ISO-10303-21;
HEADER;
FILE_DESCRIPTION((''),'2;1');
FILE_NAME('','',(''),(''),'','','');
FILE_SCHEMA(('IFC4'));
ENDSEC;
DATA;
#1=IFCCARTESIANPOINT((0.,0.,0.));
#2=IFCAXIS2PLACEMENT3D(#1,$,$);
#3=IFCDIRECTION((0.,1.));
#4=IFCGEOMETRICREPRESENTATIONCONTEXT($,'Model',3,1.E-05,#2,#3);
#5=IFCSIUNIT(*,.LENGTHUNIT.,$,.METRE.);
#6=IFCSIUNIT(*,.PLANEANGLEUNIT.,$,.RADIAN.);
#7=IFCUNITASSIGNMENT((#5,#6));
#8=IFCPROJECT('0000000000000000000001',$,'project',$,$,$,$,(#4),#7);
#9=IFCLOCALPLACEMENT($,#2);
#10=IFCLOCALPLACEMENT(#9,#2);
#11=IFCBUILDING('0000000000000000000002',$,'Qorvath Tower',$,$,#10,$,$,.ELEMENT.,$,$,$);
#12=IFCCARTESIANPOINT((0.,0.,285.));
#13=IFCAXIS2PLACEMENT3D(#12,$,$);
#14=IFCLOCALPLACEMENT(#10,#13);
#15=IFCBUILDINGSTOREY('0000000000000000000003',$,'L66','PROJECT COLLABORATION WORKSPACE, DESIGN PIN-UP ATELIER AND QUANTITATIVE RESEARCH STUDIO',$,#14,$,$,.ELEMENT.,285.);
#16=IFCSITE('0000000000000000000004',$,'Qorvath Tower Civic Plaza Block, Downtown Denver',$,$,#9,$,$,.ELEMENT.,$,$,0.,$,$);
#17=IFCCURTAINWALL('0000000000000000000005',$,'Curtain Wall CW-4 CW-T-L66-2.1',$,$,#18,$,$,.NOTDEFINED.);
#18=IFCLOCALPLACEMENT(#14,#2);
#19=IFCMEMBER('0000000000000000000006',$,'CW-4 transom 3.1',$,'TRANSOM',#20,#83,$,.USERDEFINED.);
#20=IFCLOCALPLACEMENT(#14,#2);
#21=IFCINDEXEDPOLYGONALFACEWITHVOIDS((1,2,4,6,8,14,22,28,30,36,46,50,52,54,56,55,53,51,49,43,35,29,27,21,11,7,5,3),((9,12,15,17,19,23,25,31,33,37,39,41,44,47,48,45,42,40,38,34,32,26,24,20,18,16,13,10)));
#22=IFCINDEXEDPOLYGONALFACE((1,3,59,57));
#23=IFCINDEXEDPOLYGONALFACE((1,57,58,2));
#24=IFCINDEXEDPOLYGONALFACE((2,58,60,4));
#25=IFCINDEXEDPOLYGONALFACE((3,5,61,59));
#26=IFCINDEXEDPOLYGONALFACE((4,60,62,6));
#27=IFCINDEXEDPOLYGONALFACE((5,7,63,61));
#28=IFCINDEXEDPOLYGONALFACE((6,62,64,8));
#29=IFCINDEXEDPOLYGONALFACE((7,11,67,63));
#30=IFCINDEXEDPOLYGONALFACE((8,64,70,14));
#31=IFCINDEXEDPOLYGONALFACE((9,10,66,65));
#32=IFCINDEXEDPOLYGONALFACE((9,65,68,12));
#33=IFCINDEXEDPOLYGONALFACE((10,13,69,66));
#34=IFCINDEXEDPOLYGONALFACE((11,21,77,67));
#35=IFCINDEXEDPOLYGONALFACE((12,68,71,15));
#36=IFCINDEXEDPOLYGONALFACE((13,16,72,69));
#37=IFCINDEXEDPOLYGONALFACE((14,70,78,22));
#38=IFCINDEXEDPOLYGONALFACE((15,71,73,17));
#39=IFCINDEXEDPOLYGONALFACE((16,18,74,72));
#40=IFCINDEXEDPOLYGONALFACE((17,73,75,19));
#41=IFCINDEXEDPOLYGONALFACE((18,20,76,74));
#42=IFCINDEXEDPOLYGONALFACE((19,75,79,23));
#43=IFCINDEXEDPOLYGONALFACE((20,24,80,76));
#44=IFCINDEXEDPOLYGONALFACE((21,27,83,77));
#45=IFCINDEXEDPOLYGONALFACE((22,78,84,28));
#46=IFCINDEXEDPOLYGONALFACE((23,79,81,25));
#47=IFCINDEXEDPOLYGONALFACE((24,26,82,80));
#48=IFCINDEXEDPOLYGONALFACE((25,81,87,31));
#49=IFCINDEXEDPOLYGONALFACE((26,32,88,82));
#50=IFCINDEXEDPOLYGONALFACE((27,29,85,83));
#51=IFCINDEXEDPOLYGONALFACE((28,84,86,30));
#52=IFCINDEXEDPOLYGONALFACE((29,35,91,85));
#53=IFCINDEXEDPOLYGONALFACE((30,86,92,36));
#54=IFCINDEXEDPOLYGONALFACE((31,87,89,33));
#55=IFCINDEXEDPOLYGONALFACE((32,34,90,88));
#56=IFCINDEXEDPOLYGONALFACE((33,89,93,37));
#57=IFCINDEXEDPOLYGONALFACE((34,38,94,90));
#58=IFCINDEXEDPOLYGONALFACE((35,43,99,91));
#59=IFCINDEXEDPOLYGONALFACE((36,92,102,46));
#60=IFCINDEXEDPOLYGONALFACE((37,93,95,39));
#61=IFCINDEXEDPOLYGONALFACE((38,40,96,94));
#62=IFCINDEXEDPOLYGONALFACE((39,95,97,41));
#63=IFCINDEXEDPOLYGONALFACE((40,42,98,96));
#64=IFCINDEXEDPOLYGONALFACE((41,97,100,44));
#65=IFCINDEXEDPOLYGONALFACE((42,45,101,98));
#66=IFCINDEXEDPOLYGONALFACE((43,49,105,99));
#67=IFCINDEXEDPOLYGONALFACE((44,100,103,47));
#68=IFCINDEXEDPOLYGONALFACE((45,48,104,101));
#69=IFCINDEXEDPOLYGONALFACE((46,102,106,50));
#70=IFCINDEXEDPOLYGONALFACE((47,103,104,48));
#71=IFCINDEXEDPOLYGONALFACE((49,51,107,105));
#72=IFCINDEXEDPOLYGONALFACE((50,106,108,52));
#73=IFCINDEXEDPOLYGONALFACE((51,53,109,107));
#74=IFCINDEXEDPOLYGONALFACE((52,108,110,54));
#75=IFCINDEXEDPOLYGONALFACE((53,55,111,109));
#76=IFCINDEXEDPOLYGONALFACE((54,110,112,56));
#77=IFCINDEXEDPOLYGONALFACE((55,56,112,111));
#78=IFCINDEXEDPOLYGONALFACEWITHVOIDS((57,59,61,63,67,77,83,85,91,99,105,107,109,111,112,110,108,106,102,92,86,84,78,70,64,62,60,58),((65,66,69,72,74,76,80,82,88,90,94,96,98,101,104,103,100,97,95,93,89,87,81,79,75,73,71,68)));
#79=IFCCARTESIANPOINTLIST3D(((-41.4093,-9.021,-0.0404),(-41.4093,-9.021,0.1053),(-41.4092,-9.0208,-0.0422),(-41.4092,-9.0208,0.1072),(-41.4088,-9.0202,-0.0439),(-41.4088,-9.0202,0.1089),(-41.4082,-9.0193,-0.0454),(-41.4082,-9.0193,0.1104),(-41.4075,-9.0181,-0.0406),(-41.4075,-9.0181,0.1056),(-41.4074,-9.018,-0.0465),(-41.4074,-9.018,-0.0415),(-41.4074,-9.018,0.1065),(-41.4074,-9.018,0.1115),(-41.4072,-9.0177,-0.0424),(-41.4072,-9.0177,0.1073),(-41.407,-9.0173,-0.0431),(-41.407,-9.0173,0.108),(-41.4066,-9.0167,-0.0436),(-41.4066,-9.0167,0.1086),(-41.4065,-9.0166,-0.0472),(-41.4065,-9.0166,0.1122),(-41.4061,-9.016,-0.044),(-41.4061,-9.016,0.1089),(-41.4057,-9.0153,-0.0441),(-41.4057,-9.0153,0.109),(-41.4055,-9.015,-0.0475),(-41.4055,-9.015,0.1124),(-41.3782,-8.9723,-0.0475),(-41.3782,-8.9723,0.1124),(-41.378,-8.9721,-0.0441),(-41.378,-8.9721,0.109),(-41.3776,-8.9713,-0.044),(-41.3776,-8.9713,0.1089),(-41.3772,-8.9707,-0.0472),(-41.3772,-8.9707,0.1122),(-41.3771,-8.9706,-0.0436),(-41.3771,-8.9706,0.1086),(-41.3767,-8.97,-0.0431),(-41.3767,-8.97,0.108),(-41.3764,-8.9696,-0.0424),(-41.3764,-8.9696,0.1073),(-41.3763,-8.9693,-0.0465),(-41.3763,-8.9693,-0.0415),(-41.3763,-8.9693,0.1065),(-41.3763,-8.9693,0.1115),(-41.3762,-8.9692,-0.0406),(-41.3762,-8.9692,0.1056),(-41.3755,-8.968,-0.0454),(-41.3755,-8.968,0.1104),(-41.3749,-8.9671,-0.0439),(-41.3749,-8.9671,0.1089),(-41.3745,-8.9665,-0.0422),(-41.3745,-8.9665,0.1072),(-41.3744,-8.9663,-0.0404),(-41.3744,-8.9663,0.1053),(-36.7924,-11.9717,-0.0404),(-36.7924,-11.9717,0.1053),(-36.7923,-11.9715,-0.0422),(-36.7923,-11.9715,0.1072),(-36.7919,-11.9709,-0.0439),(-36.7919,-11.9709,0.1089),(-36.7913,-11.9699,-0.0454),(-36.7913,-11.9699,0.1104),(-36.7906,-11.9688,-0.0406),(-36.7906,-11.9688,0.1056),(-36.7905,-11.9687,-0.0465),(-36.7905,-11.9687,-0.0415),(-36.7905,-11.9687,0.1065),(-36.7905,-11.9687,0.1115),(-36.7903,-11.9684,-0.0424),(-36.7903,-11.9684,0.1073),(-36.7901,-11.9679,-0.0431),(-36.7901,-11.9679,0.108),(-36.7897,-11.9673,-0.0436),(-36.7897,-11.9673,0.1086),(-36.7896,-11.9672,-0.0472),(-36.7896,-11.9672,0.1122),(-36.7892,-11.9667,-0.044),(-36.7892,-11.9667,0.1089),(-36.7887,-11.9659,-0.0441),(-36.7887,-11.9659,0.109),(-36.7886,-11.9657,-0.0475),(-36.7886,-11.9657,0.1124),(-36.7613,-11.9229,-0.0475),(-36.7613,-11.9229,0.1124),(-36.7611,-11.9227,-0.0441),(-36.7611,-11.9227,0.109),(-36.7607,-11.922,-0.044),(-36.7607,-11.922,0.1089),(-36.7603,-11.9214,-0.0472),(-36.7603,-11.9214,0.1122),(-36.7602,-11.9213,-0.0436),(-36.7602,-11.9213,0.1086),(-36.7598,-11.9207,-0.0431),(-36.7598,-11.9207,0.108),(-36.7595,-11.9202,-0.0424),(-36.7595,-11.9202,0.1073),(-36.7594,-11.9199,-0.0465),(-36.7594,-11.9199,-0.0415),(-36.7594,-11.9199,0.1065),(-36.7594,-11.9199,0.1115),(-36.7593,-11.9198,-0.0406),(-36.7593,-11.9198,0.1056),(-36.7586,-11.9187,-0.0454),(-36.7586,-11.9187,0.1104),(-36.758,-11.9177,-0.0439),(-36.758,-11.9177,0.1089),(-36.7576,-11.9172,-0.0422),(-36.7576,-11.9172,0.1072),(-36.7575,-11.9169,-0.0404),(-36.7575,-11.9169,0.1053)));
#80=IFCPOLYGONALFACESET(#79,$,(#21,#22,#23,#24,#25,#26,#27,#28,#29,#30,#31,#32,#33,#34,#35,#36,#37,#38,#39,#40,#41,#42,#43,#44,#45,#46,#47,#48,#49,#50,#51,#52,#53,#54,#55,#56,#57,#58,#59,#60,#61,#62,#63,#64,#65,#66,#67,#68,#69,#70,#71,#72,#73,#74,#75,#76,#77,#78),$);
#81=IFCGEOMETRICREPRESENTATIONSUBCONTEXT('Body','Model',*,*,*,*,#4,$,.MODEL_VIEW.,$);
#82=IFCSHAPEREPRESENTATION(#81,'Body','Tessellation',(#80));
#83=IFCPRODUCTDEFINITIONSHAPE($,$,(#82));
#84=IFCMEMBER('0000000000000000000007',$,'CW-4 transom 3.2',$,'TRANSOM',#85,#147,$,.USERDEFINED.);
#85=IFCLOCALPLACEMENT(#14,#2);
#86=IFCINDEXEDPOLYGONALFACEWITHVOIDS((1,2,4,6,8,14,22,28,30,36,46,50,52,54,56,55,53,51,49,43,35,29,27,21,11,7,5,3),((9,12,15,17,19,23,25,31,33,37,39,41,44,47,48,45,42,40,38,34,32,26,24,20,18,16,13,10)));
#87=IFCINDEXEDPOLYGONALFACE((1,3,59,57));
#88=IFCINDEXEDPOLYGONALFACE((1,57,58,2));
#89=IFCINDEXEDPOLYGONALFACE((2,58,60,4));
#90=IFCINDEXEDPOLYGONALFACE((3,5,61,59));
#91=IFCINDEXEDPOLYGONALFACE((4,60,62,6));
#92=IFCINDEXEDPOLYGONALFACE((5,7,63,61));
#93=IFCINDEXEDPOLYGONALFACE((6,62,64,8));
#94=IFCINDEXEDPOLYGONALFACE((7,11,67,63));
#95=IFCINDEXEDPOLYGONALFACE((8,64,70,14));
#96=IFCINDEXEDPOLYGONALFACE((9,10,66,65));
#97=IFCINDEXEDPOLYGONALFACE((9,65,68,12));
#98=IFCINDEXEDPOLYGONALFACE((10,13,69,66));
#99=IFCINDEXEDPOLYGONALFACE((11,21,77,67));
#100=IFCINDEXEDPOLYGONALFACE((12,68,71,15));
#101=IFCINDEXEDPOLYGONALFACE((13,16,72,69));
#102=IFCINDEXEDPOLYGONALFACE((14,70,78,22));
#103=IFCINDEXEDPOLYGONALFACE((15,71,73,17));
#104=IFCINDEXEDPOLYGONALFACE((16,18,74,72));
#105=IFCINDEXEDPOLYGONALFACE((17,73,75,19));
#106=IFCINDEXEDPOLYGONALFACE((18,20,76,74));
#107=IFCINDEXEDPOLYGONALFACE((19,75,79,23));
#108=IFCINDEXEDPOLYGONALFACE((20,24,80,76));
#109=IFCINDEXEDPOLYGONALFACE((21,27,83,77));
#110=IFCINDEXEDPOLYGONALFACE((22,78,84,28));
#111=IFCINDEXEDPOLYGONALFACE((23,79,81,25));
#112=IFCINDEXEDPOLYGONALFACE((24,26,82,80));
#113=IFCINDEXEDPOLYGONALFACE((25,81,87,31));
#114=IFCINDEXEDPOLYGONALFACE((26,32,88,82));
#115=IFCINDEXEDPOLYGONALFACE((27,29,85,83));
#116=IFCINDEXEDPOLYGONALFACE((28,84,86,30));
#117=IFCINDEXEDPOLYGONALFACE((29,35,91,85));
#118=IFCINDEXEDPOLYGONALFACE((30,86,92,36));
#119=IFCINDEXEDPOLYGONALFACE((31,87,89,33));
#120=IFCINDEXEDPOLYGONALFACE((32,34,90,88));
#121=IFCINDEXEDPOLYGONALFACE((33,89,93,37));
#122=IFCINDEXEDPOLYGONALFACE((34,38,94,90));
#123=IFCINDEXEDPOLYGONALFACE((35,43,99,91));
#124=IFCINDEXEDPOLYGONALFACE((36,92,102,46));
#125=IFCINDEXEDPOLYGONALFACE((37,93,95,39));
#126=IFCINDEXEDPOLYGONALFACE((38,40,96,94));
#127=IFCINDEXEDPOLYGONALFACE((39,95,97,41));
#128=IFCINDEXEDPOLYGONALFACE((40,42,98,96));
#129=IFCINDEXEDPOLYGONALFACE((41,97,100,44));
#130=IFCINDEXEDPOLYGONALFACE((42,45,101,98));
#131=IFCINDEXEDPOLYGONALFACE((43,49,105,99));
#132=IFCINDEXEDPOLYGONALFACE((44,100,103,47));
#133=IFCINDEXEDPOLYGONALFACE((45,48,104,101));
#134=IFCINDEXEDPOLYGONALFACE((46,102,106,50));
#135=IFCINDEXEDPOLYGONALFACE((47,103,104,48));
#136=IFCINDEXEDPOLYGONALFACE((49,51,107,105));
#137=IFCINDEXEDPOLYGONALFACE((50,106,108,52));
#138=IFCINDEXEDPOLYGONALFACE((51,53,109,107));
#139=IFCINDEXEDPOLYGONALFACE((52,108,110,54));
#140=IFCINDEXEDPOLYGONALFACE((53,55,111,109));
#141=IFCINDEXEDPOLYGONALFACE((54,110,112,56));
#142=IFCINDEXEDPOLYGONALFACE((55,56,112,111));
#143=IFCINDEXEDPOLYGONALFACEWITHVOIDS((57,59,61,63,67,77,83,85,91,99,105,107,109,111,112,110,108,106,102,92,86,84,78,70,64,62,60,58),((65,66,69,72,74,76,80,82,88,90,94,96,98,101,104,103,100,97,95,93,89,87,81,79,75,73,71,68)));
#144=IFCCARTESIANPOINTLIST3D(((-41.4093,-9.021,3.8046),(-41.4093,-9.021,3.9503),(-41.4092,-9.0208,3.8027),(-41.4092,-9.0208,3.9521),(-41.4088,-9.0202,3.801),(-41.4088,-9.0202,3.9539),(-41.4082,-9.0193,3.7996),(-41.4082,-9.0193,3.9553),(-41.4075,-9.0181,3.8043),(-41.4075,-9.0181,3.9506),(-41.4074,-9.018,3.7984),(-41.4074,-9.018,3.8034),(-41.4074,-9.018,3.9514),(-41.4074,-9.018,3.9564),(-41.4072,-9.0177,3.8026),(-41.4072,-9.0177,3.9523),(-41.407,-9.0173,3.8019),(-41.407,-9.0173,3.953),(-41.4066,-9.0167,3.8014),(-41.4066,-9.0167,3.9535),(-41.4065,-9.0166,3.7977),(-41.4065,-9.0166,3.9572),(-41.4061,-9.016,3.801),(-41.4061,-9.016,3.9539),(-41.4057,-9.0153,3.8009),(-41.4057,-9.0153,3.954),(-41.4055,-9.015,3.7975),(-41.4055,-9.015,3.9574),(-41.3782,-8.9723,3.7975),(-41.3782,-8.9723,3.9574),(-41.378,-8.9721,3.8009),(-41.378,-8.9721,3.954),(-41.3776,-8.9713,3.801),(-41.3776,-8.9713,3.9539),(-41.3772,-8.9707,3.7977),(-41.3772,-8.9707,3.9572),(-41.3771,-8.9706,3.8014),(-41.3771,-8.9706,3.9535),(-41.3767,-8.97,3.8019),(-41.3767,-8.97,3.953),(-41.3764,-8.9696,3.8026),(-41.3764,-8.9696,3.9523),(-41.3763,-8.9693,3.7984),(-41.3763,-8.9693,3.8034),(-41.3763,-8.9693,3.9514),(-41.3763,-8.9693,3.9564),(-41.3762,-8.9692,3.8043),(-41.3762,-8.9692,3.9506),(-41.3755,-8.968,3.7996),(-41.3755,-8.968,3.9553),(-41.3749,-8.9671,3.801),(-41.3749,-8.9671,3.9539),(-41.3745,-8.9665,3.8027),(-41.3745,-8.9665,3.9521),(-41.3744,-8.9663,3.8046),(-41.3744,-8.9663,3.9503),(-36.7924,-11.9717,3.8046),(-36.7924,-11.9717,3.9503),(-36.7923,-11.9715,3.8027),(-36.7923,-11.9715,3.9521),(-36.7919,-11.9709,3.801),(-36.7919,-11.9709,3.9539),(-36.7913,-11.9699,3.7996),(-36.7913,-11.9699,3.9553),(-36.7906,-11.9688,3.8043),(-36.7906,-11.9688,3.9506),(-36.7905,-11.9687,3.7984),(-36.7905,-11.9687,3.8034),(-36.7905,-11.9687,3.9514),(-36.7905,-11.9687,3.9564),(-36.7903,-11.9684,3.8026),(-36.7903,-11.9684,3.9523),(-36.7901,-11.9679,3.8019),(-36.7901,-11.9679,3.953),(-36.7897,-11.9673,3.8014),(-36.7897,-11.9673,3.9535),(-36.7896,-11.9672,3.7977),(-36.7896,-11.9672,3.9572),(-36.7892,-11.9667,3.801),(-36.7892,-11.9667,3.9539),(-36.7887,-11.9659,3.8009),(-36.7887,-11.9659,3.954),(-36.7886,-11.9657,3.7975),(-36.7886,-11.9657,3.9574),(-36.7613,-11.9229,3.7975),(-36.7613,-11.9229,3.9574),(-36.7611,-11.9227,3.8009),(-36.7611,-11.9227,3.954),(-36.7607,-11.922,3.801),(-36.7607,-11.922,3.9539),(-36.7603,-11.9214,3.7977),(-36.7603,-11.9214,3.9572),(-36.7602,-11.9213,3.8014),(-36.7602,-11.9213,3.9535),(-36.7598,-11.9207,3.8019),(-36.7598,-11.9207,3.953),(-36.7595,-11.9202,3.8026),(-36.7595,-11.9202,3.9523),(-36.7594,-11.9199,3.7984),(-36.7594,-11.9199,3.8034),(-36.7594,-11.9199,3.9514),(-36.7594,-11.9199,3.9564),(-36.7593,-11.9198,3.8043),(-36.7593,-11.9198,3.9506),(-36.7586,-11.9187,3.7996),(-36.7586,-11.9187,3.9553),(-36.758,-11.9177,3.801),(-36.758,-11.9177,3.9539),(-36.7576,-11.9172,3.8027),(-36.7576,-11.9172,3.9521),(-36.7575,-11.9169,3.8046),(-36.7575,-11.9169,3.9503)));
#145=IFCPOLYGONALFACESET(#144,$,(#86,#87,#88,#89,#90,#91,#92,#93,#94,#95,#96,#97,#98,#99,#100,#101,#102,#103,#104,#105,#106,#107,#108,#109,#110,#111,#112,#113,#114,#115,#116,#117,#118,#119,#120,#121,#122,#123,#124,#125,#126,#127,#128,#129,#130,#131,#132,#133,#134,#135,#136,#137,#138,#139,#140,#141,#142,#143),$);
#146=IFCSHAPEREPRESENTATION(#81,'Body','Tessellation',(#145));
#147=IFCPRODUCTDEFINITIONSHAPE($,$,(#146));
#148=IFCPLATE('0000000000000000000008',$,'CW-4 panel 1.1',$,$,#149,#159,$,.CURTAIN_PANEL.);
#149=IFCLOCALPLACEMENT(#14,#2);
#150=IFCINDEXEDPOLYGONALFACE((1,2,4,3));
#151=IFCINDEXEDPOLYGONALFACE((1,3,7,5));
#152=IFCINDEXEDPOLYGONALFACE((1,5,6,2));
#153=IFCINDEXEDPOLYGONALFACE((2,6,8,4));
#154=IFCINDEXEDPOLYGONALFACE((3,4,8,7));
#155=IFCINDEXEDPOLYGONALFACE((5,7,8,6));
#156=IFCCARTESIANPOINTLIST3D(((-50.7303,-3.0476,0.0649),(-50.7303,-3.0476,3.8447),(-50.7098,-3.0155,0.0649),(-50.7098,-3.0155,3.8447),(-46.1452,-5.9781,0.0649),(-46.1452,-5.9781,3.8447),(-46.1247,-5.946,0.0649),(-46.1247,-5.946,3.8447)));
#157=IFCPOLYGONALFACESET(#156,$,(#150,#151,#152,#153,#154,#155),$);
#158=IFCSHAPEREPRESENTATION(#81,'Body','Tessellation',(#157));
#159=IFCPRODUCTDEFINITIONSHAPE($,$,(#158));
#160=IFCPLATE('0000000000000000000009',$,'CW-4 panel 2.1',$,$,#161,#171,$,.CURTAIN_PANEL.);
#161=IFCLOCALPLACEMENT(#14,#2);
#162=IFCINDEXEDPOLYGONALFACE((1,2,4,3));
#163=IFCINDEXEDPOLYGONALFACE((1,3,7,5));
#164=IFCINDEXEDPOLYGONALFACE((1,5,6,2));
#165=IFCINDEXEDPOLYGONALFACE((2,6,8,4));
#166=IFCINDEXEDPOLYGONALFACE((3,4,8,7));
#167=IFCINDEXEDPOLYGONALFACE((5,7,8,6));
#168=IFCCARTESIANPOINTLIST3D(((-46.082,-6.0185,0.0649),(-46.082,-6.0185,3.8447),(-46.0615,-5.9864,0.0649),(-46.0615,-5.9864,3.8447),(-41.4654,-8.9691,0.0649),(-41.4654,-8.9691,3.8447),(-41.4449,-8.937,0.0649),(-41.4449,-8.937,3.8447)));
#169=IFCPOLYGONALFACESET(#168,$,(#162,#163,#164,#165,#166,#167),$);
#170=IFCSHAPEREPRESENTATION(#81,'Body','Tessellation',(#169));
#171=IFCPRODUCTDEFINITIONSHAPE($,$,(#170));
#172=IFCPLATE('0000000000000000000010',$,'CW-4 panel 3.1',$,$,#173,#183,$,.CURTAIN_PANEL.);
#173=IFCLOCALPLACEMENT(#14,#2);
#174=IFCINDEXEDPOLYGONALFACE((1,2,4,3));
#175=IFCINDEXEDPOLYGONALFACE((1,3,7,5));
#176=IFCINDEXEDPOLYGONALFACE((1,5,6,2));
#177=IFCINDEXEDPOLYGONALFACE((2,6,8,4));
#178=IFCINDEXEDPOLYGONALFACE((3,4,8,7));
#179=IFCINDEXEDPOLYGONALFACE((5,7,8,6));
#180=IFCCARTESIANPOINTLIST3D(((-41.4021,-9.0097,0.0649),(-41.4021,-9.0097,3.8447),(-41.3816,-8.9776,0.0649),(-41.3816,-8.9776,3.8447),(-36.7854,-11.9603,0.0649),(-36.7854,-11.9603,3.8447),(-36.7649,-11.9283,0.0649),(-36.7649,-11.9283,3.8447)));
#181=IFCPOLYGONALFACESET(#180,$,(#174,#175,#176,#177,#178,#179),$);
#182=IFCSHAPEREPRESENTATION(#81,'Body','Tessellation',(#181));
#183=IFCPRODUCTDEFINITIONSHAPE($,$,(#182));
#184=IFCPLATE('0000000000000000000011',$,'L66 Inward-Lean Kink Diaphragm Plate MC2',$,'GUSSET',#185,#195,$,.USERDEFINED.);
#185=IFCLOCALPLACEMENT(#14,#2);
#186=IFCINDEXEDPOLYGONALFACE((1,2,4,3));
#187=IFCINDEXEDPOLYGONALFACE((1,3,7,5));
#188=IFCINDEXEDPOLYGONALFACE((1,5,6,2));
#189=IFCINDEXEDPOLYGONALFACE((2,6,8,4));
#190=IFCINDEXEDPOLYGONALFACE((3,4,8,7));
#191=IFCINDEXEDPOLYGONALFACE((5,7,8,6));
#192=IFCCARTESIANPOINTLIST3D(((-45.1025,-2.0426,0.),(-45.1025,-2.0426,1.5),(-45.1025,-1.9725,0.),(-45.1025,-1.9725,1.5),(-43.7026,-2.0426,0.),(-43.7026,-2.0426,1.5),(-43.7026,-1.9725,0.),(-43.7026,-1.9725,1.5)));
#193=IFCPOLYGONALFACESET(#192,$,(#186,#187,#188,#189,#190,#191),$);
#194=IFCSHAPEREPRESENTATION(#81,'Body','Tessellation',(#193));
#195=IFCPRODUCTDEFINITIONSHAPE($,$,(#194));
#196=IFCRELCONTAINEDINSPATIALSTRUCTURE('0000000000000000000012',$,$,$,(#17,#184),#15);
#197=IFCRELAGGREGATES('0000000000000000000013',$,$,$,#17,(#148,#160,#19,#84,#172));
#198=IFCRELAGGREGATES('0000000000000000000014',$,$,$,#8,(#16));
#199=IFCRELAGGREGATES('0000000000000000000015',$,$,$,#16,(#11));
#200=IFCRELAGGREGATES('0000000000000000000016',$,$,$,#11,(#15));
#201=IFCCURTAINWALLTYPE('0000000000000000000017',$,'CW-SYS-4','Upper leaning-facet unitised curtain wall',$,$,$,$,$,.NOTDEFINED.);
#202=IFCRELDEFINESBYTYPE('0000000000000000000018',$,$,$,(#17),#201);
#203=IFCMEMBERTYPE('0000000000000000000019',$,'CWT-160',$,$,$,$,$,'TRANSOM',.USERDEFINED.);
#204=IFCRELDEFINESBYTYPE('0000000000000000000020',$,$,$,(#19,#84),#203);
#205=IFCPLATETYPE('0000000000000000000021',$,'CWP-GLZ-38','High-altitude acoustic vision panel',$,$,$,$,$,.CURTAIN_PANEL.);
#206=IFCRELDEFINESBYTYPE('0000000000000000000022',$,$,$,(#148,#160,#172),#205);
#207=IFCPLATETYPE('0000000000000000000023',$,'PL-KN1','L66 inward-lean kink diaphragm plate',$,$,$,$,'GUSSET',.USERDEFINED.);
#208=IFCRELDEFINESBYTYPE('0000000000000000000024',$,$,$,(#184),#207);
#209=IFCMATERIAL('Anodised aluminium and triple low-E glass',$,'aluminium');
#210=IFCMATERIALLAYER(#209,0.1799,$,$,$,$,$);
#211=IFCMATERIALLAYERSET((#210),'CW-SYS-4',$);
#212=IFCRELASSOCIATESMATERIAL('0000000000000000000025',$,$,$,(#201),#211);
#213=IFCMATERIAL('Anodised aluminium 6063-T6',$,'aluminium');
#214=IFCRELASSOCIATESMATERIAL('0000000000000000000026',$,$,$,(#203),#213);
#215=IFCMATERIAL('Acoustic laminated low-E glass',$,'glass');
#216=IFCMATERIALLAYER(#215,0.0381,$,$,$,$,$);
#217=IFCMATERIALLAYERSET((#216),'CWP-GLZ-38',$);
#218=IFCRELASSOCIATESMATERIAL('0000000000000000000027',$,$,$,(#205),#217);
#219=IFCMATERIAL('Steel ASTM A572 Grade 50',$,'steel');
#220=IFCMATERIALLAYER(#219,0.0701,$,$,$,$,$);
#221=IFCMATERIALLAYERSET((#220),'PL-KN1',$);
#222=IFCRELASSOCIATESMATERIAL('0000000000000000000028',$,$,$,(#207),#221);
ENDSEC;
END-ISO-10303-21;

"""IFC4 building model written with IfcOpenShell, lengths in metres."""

from ifc_helpers import new_model, si_unit, direction, frame, origin, origin_2d, place, context, subcontext, project, spatial, rectangle, hollow_rectangle, extrude, material, layer, layer_set, material_profile, profile_set, type_object, element, aggregate, save


model = new_model("IFC4")

# Units and contexts
model_context = context("Model", 3, precision=1e-05, world=origin(), true_north=direction((0.0, 1.0)))
body_context = subcontext(model_context, "Body", "Model", "MODEL_VIEW")
ifc_project = project(units=[si_unit("LENGTHUNIT", "METRE"), si_unit("PLANEANGLEUNIT", "RADIAN")], contexts=[model_context])

# Site, building, storey
site_placement = place(None, origin())
site = spatial("IfcSite", under=ifc_project, at=site_placement, Name="Qorvath Tower Civic Plaza Block, Downtown Denver", CompositionType="ELEMENT", RefElevation=0.0)
building_placement = place(site_placement, origin())
building = spatial("IfcBuilding", under=site, at=building_placement, Name="Qorvath Tower", CompositionType="ELEMENT")
storey_placement = place(building_placement, frame((0.0, 0.0, 285.0)))
storey = spatial("IfcBuildingStorey", under=building, at=storey_placement, Name="L66", Description="PROJECT COLLABORATION WORKSPACE, DESIGN PIN-UP ATELIER AND QUANTITATIVE RESEARCH STUDIO", CompositionType="ELEMENT", Elevation=285.0)

# Curtain wall, members, plates
ifc_material_1 = material(Name="Anodised aluminium and triple low-E glass", Category="aluminium")
ifc_layer_1 = layer(ifc_material_1, 0.1799)
ifc_layer_set_1 = layer_set([ifc_layer_1], Name="CW-SYS-4")
curtain_wall_type = type_object("IfcCurtainWallType", Name="CW-SYS-4", Description="Upper leaning-facet unitised curtain wall", PredefinedType="NOTDEFINED", material=ifc_layer_set_1)
curtain_wall_placement = place(storey_placement, origin())
curtain_wall = element("IfcCurtainWall", 1, at=curtain_wall_placement, inside=storey, type_object=curtain_wall_type, Name="Curtain Wall CW-4 CW-T-L66-2.1", PredefinedType="NOTDEFINED")
ifc_material_2 = material(Name="Anodised aluminium 6063-T6", Category="aluminium")
ifc_material_profile_1 = material_profile(ifc_material_2, hollow_rectangle(XDim=0.0649, YDim=0.1599, WallThickness=0.0034, InnerFilletRadius=0.0034, OuterFilletRadius=0.0071, at=origin_2d()), Name="CWT 160x65")
ifc_profile_set_1 = profile_set([ifc_material_profile_1], Name="Anodised aluminium 6063-T6")
member_type_1 = type_object("IfcMemberType", Name="CWT-160", ElementType="TRANSOM", PredefinedType="USERDEFINED", material=ifc_profile_set_1)
member_1_placement = place(storey_placement, frame((-41.3918, -8.9937, 0.0325), z_axis=(0.842616, -0.538515, 0.0), x_axis=(0.538515, 0.842616, 0.0)))
member_1 = element("IfcMember", 2, at=member_1_placement, type_object=member_type_1, Name="CW-4 transom 3.1", ObjectType="TRANSOM", PredefinedType="USERDEFINED", context=body_context, shape_type="SweptSolid", body=[
    extrude(hollow_rectangle(XDim=0.0649, YDim=0.1599, WallThickness=0.0034, InnerFilletRadius=0.0034, OuterFilletRadius=0.0071, at=origin_2d()), origin(), (0.0, 0.0, 1.0), 5.4792),
])
member_2_placement = place(storey_placement, frame((-41.3918, -8.9937, 3.8774), z_axis=(0.842616, -0.538515, 0.0), x_axis=(0.538515, 0.842616, 0.0)))
member_2 = element("IfcMember", 3, at=member_2_placement, type_object=member_type_1, Name="CW-4 transom 3.2", ObjectType="TRANSOM", PredefinedType="USERDEFINED", context=body_context, shape_type="SweptSolid", body=[
    extrude(hollow_rectangle(XDim=0.0649, YDim=0.1599, WallThickness=0.0034, InnerFilletRadius=0.0034, OuterFilletRadius=0.0071, at=origin_2d()), origin(), (0.0, 0.0, 1.0), 5.4792),
])
ifc_material_3 = material(Name="Acoustic laminated low-E glass", Category="glass")
ifc_layer_2 = layer(ifc_material_3, 0.0381)
ifc_layer_set_2 = layer_set([ifc_layer_2], Name="CWP-GLZ-38")
plate_type_1 = type_object("IfcPlateType", Name="CWP-GLZ-38", Description="High-altitude acoustic vision panel", PredefinedType="CURTAIN_PANEL", material=ifc_layer_set_2)
plate_1_placement = place(storey_placement, frame((-48.4275, -4.4968, 0.0649), z_axis=(0.0, 0.0, 1.0), x_axis=(0.842605, -0.538532, 0.0)))
plate_1 = element("IfcPlate", 4, at=plate_1_placement, type_object=plate_type_1, Name="CW-4 panel 1.1", PredefinedType="CURTAIN_PANEL", context=body_context, shape_type="SweptSolid", body=[
    extrude(rectangle(XDim=5.4417, YDim=0.0381, at=origin_2d()), origin(), (0.0, 0.0, 1.0), 3.7798),
])
plate_2_placement = place(storey_placement, frame((-43.7634, -7.4778, 0.0649), z_axis=(0.0, 0.0, 1.0), x_axis=(0.842605, -0.538532, 0.0)))
plate_2 = element("IfcPlate", 5, at=plate_2_placement, type_object=plate_type_1, Name="CW-4 panel 2.1", PredefinedType="CURTAIN_PANEL", context=body_context, shape_type="SweptSolid", body=[
    extrude(rectangle(XDim=5.479, YDim=0.0381, at=origin_2d()), origin(), (0.0, 0.0, 1.0), 3.7798),
])
plate_3_placement = place(storey_placement, frame((-39.0835, -10.469, 0.0649), z_axis=(0.0, 0.0, 1.0), x_axis=(0.842605, -0.538532, 0.0)))
plate_3 = element("IfcPlate", 6, at=plate_3_placement, type_object=plate_type_1, Name="CW-4 panel 3.1", PredefinedType="CURTAIN_PANEL", context=body_context, shape_type="SweptSolid", body=[
    extrude(rectangle(XDim=5.479, YDim=0.0381, at=origin_2d()), origin(), (0.0, 0.0, 1.0), 3.7798),
])
aggregate(curtain_wall, [plate_1, plate_2, member_1, member_2, plate_3])

# Plate
ifc_material_4 = material(Name="Steel ASTM A572 Grade 50", Category="steel")
ifc_layer_3 = layer(ifc_material_4, 0.0701)
ifc_layer_set_3 = layer_set([ifc_layer_3], Name="PL-KN1")
plate_type_2 = type_object("IfcPlateType", Name="PL-KN1", Description="L66 inward-lean kink diaphragm plate", ElementType="GUSSET", PredefinedType="USERDEFINED", material=ifc_layer_set_3)
plate_4_placement = place(storey_placement, frame((-44.4026, -2.0076, 0.0), z_axis=(0.0, 0.0, 1.0), x_axis=(1.0, 0.0, 0.0)))
element("IfcPlate", 7, at=plate_4_placement, inside=storey, type_object=plate_type_2, Name="L66 Inward-Lean Kink Diaphragm Plate MC2", ObjectType="GUSSET", PredefinedType="USERDEFINED", context=body_context, shape_type="SweptSolid", body=[
    extrude(rectangle(XDim=1.3999, YDim=0.0701, at=origin_2d()), origin(), (0.0, 0.0, 1.0), 1.5),
])

save(model, "model.ifc")
